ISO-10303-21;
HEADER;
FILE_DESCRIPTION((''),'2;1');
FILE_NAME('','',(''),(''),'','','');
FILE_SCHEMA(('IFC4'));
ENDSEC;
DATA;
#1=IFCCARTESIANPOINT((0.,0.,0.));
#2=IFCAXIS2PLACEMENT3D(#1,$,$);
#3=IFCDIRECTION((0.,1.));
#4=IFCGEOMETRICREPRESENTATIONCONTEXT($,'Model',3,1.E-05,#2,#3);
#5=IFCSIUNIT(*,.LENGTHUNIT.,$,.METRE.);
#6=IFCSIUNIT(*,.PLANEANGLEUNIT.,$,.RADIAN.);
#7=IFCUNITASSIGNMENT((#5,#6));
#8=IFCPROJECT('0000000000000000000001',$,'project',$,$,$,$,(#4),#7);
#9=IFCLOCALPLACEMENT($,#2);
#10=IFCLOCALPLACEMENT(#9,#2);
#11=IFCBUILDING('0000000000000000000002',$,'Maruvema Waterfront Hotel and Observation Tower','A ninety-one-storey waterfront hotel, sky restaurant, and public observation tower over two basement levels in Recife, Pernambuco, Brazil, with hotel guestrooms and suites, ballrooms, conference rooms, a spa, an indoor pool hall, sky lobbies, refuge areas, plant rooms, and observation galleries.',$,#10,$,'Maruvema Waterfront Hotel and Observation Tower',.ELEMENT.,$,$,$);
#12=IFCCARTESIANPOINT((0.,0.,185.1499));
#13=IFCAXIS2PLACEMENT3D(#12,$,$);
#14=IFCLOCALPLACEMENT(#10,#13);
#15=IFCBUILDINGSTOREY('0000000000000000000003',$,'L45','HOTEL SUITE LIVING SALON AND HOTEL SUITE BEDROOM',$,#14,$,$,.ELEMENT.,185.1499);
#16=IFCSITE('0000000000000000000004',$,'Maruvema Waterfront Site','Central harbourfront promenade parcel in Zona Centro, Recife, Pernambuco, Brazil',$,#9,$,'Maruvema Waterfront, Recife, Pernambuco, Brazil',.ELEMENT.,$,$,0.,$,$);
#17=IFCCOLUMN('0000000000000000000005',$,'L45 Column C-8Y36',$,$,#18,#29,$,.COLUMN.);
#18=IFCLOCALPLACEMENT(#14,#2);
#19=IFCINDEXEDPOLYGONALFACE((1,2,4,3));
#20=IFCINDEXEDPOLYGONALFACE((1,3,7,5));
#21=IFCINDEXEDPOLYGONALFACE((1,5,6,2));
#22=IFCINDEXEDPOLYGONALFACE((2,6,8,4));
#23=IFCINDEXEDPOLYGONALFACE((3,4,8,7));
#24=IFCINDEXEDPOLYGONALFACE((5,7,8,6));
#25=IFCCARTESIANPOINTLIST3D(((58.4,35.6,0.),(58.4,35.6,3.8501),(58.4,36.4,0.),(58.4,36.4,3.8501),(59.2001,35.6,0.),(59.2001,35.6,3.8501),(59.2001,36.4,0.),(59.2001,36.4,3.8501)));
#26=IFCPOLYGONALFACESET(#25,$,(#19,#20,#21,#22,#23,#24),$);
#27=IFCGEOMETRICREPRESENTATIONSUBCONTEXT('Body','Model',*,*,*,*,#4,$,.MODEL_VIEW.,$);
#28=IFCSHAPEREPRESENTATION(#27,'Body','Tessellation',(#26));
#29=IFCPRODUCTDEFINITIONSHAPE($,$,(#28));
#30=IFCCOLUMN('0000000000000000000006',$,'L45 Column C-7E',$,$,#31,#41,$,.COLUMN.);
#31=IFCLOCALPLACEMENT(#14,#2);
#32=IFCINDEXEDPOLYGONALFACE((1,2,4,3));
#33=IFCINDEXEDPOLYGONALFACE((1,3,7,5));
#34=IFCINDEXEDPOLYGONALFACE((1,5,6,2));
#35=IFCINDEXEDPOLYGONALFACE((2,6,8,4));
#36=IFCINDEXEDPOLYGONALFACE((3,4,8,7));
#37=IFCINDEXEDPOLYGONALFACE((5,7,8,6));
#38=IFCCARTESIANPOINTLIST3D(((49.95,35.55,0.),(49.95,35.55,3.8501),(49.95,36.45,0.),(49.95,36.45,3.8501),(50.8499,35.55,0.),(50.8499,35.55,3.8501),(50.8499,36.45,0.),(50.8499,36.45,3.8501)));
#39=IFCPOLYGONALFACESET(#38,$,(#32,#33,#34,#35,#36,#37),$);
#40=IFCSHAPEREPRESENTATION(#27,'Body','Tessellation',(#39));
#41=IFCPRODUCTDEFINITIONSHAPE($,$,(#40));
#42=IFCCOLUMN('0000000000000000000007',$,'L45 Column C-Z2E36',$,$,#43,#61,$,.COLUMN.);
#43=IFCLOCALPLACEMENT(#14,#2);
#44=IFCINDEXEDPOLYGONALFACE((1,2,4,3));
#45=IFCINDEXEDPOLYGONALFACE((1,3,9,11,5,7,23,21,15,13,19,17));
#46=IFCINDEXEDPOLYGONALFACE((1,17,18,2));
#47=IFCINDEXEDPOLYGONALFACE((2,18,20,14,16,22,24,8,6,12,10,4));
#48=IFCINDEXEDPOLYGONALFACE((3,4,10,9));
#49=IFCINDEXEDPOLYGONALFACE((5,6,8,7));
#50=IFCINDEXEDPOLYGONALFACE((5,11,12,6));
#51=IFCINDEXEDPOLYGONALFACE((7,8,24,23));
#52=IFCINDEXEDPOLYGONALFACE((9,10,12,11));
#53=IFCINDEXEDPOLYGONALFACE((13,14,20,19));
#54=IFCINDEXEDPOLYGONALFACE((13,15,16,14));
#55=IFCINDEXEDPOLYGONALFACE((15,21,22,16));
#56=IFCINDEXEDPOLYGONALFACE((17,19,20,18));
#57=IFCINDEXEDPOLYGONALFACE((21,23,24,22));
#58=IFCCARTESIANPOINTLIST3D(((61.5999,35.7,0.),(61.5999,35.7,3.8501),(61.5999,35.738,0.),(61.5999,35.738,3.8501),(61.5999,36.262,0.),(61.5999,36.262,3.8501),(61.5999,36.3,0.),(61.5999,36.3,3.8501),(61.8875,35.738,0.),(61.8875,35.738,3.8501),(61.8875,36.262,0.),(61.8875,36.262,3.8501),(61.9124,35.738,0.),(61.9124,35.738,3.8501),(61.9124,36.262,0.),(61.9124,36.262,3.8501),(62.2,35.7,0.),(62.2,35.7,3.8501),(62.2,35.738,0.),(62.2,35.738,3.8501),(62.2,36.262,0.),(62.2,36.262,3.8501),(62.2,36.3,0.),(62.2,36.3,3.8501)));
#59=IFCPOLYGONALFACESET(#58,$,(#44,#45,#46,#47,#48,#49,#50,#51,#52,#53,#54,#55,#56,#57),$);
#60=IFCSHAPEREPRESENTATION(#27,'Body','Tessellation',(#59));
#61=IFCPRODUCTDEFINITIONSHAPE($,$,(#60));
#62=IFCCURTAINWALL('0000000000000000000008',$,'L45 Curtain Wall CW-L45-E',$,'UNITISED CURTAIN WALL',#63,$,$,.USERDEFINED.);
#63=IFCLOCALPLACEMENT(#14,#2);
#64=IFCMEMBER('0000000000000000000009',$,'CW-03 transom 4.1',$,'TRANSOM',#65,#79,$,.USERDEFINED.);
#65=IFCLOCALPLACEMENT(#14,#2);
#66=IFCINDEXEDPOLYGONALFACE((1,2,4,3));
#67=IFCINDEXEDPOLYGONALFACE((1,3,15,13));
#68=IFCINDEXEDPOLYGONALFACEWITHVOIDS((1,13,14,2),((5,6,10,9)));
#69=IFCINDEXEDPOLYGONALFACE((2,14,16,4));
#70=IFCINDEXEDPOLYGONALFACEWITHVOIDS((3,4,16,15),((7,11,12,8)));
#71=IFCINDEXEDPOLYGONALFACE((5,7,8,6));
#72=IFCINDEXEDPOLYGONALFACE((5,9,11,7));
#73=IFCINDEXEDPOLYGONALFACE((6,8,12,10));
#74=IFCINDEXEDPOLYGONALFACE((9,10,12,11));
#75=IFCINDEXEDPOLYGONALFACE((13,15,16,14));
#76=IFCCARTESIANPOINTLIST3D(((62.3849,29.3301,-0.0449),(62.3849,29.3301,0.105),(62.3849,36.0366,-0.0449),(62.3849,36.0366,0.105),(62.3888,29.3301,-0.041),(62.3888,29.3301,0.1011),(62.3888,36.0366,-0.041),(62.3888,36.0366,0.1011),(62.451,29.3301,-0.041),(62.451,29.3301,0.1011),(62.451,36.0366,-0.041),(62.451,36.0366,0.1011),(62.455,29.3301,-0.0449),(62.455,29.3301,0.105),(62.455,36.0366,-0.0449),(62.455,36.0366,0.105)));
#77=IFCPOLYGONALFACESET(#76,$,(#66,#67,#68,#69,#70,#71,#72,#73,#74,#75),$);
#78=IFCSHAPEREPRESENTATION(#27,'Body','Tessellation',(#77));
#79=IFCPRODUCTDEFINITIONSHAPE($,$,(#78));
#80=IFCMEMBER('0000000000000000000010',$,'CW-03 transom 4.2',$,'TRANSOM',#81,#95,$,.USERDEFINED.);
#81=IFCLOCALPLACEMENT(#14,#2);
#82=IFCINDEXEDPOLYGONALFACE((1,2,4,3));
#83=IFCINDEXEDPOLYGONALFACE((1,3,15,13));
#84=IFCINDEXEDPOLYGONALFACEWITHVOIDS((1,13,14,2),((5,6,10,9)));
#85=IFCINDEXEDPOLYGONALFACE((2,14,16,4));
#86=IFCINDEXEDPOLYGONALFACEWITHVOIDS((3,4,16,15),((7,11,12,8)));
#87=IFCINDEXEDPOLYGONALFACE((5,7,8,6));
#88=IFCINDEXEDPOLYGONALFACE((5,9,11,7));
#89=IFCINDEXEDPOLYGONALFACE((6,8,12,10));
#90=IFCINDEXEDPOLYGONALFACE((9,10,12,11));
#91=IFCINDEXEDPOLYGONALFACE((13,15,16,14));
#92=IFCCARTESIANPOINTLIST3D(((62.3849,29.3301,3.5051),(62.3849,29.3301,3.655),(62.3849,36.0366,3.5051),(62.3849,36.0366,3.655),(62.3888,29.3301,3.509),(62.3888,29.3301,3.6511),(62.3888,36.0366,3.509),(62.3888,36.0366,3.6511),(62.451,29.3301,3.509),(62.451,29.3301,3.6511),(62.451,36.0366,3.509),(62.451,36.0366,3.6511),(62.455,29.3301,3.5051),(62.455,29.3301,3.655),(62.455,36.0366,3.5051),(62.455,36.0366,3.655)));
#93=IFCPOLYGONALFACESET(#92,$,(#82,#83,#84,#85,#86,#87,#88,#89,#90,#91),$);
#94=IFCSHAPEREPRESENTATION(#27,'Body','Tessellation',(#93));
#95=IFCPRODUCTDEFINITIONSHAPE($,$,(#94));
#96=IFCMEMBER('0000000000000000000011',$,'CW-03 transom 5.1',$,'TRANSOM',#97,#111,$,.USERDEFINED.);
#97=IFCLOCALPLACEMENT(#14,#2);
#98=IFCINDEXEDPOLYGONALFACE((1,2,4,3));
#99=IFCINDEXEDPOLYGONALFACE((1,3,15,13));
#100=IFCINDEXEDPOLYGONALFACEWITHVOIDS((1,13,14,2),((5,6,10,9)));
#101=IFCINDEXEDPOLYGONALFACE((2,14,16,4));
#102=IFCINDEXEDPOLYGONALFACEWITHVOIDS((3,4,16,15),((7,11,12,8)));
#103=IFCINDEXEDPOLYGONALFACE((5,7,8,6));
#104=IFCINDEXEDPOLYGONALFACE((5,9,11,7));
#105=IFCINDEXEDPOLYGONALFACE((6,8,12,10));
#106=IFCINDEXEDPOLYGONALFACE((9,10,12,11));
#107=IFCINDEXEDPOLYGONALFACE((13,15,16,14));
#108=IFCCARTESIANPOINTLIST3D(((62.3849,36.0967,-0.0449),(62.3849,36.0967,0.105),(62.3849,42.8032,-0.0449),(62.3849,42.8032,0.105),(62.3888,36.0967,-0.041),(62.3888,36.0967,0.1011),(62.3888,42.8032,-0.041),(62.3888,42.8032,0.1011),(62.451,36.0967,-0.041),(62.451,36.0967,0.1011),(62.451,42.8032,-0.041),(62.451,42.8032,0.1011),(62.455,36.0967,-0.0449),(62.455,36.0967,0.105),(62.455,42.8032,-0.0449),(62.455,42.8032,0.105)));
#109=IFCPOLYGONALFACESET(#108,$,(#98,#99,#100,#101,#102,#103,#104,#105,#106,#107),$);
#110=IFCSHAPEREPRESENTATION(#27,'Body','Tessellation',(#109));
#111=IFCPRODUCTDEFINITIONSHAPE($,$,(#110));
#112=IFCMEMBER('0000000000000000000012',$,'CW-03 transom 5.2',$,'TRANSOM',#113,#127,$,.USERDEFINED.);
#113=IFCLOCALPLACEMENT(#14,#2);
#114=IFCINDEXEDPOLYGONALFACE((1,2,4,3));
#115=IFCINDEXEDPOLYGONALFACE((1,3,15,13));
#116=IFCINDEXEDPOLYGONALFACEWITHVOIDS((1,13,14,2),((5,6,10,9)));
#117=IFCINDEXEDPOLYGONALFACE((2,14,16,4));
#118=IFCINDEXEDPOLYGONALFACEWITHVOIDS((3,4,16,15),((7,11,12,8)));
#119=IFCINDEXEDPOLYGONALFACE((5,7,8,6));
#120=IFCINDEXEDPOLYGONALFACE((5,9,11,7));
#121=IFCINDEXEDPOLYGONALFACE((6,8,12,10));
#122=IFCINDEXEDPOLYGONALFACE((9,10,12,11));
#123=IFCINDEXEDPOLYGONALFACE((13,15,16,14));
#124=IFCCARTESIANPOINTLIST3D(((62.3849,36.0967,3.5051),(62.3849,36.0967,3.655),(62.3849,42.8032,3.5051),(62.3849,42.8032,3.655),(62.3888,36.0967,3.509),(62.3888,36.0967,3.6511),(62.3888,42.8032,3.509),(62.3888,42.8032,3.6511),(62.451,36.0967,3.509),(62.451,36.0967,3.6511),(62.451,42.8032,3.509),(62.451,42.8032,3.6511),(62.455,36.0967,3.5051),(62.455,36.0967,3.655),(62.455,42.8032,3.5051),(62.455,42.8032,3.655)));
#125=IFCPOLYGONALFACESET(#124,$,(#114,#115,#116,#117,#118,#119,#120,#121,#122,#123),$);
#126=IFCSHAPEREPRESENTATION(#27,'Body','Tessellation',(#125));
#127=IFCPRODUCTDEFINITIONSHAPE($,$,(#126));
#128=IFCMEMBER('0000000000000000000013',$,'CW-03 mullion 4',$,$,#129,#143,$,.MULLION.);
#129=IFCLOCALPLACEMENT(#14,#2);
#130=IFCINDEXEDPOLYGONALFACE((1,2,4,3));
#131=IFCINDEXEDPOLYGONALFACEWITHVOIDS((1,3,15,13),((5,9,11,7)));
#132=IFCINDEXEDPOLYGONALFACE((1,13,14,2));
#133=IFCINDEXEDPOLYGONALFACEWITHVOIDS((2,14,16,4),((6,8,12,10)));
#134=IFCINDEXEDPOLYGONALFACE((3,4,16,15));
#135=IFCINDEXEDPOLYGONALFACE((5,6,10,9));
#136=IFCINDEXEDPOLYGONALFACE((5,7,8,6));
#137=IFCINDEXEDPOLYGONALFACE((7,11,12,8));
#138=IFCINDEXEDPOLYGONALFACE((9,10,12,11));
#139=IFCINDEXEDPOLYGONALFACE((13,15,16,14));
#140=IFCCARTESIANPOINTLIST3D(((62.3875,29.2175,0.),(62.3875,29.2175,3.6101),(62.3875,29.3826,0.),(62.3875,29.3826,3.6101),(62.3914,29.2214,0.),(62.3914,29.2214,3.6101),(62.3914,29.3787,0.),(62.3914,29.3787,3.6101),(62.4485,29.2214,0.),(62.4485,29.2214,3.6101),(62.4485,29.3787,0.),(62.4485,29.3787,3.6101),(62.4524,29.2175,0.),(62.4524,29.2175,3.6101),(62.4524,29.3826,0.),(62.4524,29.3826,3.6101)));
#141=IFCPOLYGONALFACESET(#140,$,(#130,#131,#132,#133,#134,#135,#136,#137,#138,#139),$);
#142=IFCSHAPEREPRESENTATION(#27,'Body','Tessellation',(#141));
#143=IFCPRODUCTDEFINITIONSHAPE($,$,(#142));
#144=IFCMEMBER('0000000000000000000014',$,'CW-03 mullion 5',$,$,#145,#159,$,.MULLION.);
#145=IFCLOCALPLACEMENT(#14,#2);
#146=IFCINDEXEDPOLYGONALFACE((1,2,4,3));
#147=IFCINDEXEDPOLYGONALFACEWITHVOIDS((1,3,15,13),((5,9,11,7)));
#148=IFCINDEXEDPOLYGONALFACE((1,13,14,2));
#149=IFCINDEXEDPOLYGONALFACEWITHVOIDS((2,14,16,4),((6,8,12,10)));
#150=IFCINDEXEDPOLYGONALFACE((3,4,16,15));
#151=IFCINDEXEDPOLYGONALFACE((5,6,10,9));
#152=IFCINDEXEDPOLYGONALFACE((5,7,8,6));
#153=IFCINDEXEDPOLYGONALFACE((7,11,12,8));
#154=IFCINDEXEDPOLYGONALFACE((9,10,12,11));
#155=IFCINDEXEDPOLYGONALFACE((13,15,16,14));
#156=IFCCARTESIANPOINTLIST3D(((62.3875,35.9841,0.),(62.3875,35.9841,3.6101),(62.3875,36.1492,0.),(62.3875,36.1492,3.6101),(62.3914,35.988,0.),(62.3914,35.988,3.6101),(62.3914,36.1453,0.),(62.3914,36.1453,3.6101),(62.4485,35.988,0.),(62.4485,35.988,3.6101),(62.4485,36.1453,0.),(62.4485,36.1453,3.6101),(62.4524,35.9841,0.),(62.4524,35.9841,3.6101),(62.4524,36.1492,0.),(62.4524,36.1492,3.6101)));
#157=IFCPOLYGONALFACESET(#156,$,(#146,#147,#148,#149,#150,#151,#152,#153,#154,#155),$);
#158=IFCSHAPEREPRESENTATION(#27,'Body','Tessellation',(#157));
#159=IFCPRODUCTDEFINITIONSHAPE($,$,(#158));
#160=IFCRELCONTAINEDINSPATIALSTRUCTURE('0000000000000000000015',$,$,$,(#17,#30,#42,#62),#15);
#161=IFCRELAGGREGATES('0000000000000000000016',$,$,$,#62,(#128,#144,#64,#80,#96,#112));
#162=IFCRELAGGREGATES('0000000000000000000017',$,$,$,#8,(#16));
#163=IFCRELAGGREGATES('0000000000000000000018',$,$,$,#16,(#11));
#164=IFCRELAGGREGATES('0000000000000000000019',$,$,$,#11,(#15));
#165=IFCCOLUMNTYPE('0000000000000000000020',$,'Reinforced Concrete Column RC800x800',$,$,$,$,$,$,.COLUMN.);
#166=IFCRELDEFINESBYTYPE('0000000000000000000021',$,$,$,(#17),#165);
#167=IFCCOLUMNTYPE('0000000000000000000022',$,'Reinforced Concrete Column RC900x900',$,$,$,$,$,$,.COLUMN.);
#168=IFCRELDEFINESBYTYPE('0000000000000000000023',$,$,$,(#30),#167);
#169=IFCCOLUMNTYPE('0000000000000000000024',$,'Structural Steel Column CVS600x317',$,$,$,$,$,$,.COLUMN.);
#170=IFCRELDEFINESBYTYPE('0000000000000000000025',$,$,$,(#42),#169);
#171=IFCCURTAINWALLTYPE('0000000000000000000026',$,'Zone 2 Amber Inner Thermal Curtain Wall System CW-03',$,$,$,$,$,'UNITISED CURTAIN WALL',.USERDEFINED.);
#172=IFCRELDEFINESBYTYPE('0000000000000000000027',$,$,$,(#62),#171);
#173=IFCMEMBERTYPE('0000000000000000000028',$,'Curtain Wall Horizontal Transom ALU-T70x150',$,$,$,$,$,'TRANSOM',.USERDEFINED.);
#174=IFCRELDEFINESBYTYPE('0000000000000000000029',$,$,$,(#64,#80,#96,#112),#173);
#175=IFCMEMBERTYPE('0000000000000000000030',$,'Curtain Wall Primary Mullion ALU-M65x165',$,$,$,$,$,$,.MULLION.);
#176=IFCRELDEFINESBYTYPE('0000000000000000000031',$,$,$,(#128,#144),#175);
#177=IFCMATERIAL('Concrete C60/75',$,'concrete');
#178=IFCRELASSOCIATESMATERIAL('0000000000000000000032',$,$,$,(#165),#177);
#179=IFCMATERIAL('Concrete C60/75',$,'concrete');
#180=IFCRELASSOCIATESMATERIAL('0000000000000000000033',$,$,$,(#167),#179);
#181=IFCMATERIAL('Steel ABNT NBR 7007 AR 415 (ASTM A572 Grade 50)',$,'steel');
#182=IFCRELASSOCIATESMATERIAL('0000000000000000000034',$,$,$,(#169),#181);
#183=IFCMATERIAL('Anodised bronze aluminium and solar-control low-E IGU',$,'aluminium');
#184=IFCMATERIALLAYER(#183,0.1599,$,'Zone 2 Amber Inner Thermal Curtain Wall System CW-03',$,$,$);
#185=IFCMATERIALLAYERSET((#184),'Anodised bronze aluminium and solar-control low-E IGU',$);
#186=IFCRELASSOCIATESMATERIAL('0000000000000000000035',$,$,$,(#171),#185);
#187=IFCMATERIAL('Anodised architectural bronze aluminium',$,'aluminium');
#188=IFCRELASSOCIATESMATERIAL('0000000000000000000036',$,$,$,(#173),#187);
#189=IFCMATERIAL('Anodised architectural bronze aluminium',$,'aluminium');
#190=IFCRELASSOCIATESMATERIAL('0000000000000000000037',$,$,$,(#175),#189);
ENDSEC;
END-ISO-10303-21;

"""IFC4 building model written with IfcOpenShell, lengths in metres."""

from ifc_helpers import new_model, si_unit, direction, frame, origin, origin_2d, place, context, subcontext, project, spatial, rectangle, hollow_rectangle, i_section, extrude, material, layer, layer_set, material_profile, profile_set, type_object, element, aggregate, save


model = new_model("IFC4")

# Units and contexts
model_context = context("Model", 3, precision=1e-05, world=origin(), true_north=direction((0.0, 1.0)))
body_context = subcontext(model_context, "Body", "Model", "MODEL_VIEW")
ifc_project = project(units=[si_unit("LENGTHUNIT", "METRE"), si_unit("PLANEANGLEUNIT", "RADIAN")], contexts=[model_context])

# Site, building, storey
site_placement = place(None, origin())
site = spatial("IfcSite", under=ifc_project, at=site_placement, Name="Maruvema Waterfront Site", Description="Central harbourfront promenade parcel in Zona Centro, Recife, Pernambuco, Brazil", LongName="Maruvema Waterfront, Recife, Pernambuco, Brazil", CompositionType="ELEMENT", RefElevation=0.0)
building_placement = place(site_placement, origin())
building = spatial("IfcBuilding", under=site, at=building_placement, Name="Maruvema Waterfront Hotel and Observation Tower", Description="A ninety-one-storey waterfront hotel, sky restaurant, and public observation tower over two basement levels in Recife, Pernambuco, Brazil, with hotel guestrooms and suites, ballrooms, conference rooms, a spa, an indoor pool hall, sky lobbies, refuge areas, plant rooms, and observation galleries.", LongName="Maruvema Waterfront Hotel and Observation Tower", CompositionType="ELEMENT")
storey_placement = place(building_placement, frame((0.0, 0.0, 185.1499)))
storey = spatial("IfcBuildingStorey", under=building, at=storey_placement, Name="L45", Description="HOTEL SUITE LIVING SALON AND HOTEL SUITE BEDROOM", CompositionType="ELEMENT", Elevation=185.1499)

# Columns
ifc_material_1 = material(Name="Concrete C60/75", Category="concrete")
ifc_material_profile_1 = material_profile(ifc_material_1, rectangle(XDim=0.8, YDim=0.8, at=origin_2d()), Name="RC800x800")
ifc_profile_set_1 = profile_set([ifc_material_profile_1], Name="Concrete C60/75")
column_type_1 = type_object("IfcColumnType", Name="Reinforced Concrete Column RC800x800", PredefinedType="COLUMN", material=ifc_profile_set_1)
column_1_placement = place(storey_placement, frame((58.8, 36.0, 0.0), z_axis=(0.0, 0.0, 1.0), x_axis=(1.0, 0.0, 0.0)))
element("IfcColumn", 1, at=column_1_placement, inside=storey, type_object=column_type_1, Name="L45 Column C-8Y36", PredefinedType="COLUMN", context=body_context, shape_type="SweptSolid", body=[
    extrude(rectangle(XDim=0.8, YDim=0.8, at=origin_2d()), origin(), (0.0, 0.0, 1.0), 3.8501),
])
ifc_material_2 = material(Name="Concrete C60/75", Category="concrete")
ifc_material_profile_2 = material_profile(ifc_material_2, rectangle(XDim=0.8999, YDim=0.8999, at=origin_2d()), Name="RC900x900")
ifc_profile_set_2 = profile_set([ifc_material_profile_2], Name="Concrete C60/75")
column_type_2 = type_object("IfcColumnType", Name="Reinforced Concrete Column RC900x900", PredefinedType="COLUMN", material=ifc_profile_set_2)
column_2_placement = place(storey_placement, frame((50.3999, 36.0, 0.0), z_axis=(0.0, 0.0, 1.0), x_axis=(1.0, 0.0, 0.0)))
element("IfcColumn", 2, at=column_2_placement, inside=storey, type_object=column_type_2, Name="L45 Column C-7E", PredefinedType="COLUMN", context=body_context, shape_type="SweptSolid", body=[
    extrude(rectangle(XDim=0.8999, YDim=0.8999, at=origin_2d()), origin(), (0.0, 0.0, 1.0), 3.8501),
])
ifc_material_3 = material(Name="Steel ABNT NBR 7007 AR 415 (ASTM A572 Grade 50)", Category="steel")
ifc_material_profile_3 = material_profile(ifc_material_3, i_section(OverallWidth=0.6001, OverallDepth=0.6001, WebThickness=0.0249, FlangeThickness=0.0381, at=origin_2d()), Name="CVS600x317")
ifc_profile_set_3 = profile_set([ifc_material_profile_3], Name="Steel ABNT NBR 7007 AR 415 (ASTM A572 Grade 50)")
column_type_3 = type_object("IfcColumnType", Name="Structural Steel Column CVS600x317", PredefinedType="COLUMN", material=ifc_profile_set_3)
column_3_placement = place(storey_placement, frame((61.8999, 36.0, 0.0), z_axis=(0.0, 0.0, 1.0), x_axis=(1.0, 0.0, 0.0)))
element("IfcColumn", 3, at=column_3_placement, inside=storey, type_object=column_type_3, Name="L45 Column C-Z2E36", PredefinedType="COLUMN", context=body_context, shape_type="SweptSolid", body=[
    extrude(i_section(OverallWidth=0.6001, OverallDepth=0.6001, WebThickness=0.0249, FlangeThickness=0.0381, at=origin_2d()), origin(), (0.0, 0.0, 1.0), 3.8501),
])

# Curtain wall, members
ifc_material_4 = material(Name="Anodised bronze aluminium and solar-control low-E IGU", Category="aluminium")
ifc_layer_1 = layer(ifc_material_4, 0.1599, Name="Zone 2 Amber Inner Thermal Curtain Wall System CW-03")
ifc_layer_set_1 = layer_set([ifc_layer_1], Name="Anodised bronze aluminium and solar-control low-E IGU")
curtain_wall_type = type_object("IfcCurtainWallType", Name="Zone 2 Amber Inner Thermal Curtain Wall System CW-03", ElementType="UNITISED CURTAIN WALL", PredefinedType="USERDEFINED", material=ifc_layer_set_1)
curtain_wall_placement = place(storey_placement, origin())
curtain_wall = element("IfcCurtainWall", 4, at=curtain_wall_placement, inside=storey, type_object=curtain_wall_type, Name="L45 Curtain Wall CW-L45-E", ObjectType="UNITISED CURTAIN WALL", PredefinedType="USERDEFINED")
ifc_material_5 = material(Name="Anodised architectural bronze aluminium", Category="aluminium")
ifc_material_profile_4 = material_profile(ifc_material_5, hollow_rectangle(XDim=0.0701, YDim=0.1499, WallThickness=0.0039, at=origin_2d()), Name="ALU-T70x150")
ifc_profile_set_4 = profile_set([ifc_material_profile_4], Name="Anodised architectural bronze aluminium")
member_type_1 = type_object("IfcMemberType", Name="Curtain Wall Horizontal Transom ALU-T70x150", ElementType="TRANSOM", PredefinedType="USERDEFINED", material=ifc_profile_set_4)
member_1_placement = place(storey_placement, frame((62.4199, 29.3301, 0.03), z_axis=(0.0, 1.0, 0.0), x_axis=(-1.0, 0.0, 0.0)))
member_1 = element("IfcMember", 5, at=member_1_placement, type_object=member_type_1, Name="CW-03 transom 4.1", ObjectType="TRANSOM", PredefinedType="USERDEFINED", context=body_context, shape_type="SweptSolid", body=[
    extrude(hollow_rectangle(XDim=0.0701, YDim=0.1499, WallThickness=0.0039, at=origin_2d()), origin(), (0.0, 0.0, 1.0), 6.7065),
])
member_2_placement = place(storey_placement, frame((62.4199, 29.3301, 3.5801), z_axis=(0.0, 1.0, 0.0), x_axis=(-1.0, 0.0, 0.0)))
member_2 = element("IfcMember", 6, at=member_2_placement, type_object=member_type_1, Name="CW-03 transom 4.2", ObjectType="TRANSOM", PredefinedType="USERDEFINED", context=body_context, shape_type="SweptSolid", body=[
    extrude(hollow_rectangle(XDim=0.0701, YDim=0.1499, WallThickness=0.0039, at=origin_2d()), origin(), (0.0, 0.0, 1.0), 6.7065),
])
member_3_placement = place(storey_placement, frame((62.4199, 36.0967, 0.03), z_axis=(0.0, 1.0, 0.0), x_axis=(-1.0, 0.0, 0.0)))
member_3 = element("IfcMember", 7, at=member_3_placement, type_object=member_type_1, Name="CW-03 transom 5.1", ObjectType="TRANSOM", PredefinedType="USERDEFINED", context=body_context, shape_type="SweptSolid", body=[
    extrude(hollow_rectangle(XDim=0.0701, YDim=0.1499, WallThickness=0.0039, at=origin_2d()), origin(), (0.0, 0.0, 1.0), 6.7065),
])
member_4_placement = place(storey_placement, frame((62.4199, 36.0967, 3.5801), z_axis=(0.0, 1.0, 0.0), x_axis=(-1.0, 0.0, 0.0)))
member_4 = element("IfcMember", 8, at=member_4_placement, type_object=member_type_1, Name="CW-03 transom 5.2", ObjectType="TRANSOM", PredefinedType="USERDEFINED", context=body_context, shape_type="SweptSolid", body=[
    extrude(hollow_rectangle(XDim=0.0701, YDim=0.1499, WallThickness=0.0039, at=origin_2d()), origin(), (0.0, 0.0, 1.0), 6.7065),
])
ifc_material_6 = material(Name="Anodised architectural bronze aluminium", Category="aluminium")
ifc_material_profile_5 = material_profile(ifc_material_6, hollow_rectangle(XDim=0.0649, YDim=0.165, WallThickness=0.0039, at=origin_2d()), Name="ALU-M65x165")
ifc_profile_set_5 = profile_set([ifc_material_profile_5], Name="Anodised architectural bronze aluminium")
member_type_2 = type_object("IfcMemberType", Name="Curtain Wall Primary Mullion ALU-M65x165", PredefinedType="MULLION", material=ifc_profile_set_5)
member_5_placement = place(storey_placement, frame((62.4199, 29.3, 0.0), z_axis=(0.0, 0.0, 1.0), x_axis=(-1.0, 0.0, 0.0)))
member_5 = element("IfcMember", 9, at=member_5_placement, type_object=member_type_2, Name="CW-03 mullion 4", PredefinedType="MULLION", context=body_context, shape_type="SweptSolid", body=[
    extrude(hollow_rectangle(XDim=0.0649, YDim=0.165, WallThickness=0.0039, at=origin_2d()), origin(), (0.0, 0.0, 1.0), 3.6101),
])
member_6_placement = place(storey_placement, frame((62.4199, 36.0667, 0.0), z_axis=(0.0, 0.0, 1.0), x_axis=(-1.0, 0.0, 0.0)))
member_6 = element("IfcMember", 10, at=member_6_placement, type_object=member_type_2, Name="CW-03 mullion 5", PredefinedType="MULLION", context=body_context, shape_type="SweptSolid", body=[
    extrude(hollow_rectangle(XDim=0.0649, YDim=0.165, WallThickness=0.0039, at=origin_2d()), origin(), (0.0, 0.0, 1.0), 3.6101),
])

aggregate(curtain_wall, [member_5, member_6, member_1, member_2, member_3, member_4])

save(model, "model.ifc")
